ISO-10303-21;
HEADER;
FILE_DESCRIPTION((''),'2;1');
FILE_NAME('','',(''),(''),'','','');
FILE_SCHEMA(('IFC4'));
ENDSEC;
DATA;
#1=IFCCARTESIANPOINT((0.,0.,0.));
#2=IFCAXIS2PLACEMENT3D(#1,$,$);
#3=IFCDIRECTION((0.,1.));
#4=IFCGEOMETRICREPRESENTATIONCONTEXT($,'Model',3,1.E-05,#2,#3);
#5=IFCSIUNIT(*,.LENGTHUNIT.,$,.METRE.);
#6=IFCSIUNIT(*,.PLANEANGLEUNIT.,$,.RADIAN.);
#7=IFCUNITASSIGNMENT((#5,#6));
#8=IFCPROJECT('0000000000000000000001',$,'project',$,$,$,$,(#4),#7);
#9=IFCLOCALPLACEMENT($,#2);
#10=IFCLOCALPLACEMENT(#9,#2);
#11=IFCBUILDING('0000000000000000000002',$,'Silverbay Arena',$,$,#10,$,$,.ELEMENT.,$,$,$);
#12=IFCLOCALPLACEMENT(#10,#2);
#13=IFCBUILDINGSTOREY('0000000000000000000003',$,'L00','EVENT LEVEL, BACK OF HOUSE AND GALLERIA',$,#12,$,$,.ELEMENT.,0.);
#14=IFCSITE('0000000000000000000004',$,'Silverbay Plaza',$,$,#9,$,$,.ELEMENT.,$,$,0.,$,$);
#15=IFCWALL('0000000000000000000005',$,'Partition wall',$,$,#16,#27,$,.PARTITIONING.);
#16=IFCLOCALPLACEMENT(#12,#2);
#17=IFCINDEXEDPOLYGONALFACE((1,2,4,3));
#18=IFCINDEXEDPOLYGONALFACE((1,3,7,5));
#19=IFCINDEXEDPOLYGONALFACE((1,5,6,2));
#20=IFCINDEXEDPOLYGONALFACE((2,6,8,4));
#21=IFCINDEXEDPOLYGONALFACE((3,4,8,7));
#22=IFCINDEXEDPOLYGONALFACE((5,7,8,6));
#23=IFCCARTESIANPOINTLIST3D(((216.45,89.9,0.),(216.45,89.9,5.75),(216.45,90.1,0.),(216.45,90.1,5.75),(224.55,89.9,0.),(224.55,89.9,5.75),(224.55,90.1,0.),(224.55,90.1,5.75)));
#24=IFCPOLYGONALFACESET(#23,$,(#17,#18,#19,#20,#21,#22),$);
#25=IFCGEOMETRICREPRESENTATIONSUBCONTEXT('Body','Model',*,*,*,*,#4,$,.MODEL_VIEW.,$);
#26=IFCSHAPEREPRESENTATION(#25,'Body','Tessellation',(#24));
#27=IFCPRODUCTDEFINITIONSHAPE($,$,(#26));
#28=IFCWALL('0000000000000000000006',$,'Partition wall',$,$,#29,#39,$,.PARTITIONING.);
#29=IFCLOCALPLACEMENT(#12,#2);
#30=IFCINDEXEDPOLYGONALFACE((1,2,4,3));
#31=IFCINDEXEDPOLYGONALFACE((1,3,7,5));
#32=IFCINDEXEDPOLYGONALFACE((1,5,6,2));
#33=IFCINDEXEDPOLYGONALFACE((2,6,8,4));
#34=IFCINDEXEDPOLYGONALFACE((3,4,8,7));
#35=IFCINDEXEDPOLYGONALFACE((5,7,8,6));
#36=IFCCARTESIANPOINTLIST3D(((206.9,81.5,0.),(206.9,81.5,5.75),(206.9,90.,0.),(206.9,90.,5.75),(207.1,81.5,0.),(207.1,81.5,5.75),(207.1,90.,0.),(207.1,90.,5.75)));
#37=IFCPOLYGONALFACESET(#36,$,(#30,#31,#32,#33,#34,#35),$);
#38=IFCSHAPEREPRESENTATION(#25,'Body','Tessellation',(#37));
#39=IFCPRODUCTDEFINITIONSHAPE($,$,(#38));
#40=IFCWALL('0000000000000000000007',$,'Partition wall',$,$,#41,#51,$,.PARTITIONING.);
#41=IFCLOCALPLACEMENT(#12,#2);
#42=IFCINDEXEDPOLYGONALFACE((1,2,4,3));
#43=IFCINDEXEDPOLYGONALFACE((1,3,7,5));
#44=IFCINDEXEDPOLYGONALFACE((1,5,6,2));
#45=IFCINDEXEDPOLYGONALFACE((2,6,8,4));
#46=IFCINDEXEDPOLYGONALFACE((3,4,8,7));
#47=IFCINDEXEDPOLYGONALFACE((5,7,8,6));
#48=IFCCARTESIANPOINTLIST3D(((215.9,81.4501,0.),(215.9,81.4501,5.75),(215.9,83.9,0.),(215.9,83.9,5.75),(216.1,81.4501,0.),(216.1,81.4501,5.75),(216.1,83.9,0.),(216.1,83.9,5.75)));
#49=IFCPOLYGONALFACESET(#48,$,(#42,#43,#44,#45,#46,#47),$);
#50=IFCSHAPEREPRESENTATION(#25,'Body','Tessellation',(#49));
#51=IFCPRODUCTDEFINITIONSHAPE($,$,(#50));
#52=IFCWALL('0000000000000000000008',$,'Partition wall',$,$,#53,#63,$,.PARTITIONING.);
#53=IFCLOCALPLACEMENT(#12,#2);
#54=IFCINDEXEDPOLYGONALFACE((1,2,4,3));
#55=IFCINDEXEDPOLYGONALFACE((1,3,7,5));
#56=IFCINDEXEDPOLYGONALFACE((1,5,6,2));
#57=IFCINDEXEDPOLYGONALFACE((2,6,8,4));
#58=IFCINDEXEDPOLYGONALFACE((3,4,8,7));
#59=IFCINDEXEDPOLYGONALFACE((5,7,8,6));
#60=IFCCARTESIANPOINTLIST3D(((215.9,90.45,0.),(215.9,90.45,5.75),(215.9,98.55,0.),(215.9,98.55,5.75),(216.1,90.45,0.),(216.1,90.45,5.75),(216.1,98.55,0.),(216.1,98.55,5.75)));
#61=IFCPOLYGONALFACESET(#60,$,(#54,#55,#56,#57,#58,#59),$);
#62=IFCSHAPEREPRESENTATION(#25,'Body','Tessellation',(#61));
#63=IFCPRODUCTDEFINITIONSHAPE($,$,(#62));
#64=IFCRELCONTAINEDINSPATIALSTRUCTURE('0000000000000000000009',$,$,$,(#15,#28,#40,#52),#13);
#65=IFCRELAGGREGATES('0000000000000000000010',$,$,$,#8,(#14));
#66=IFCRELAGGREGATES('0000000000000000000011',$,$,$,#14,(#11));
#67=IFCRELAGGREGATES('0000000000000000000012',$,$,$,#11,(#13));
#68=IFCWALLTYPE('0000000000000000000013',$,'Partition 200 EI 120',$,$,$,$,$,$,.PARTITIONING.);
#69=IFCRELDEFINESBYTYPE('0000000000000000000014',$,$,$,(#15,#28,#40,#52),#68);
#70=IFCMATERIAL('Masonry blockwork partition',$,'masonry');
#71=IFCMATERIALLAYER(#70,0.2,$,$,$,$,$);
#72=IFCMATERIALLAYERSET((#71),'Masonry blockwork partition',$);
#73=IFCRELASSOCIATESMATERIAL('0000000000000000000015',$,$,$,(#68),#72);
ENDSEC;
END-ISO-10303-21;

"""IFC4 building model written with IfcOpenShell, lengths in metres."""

from ifc_helpers import new_model, si_unit, direction, frame, frame_2d, origin, place, context, subcontext, project, spatial, rectangle, extrude, material, layer, layer_set, type_object, element, save


model = new_model("IFC4")

# Units and contexts
model_context = context("Model", 3, precision=1e-05, world=origin(), true_north=direction((0.0, 1.0)))
body_context = subcontext(model_context, "Body", "Model", "MODEL_VIEW")
ifc_project = project(units=[si_unit("LENGTHUNIT", "METRE"), si_unit("PLANEANGLEUNIT", "RADIAN")], contexts=[model_context])

# Site, building, storey
site_placement = place(None, origin())
site = spatial("IfcSite", under=ifc_project, at=site_placement, Name="Silverbay Plaza", CompositionType="ELEMENT", RefElevation=0.0)
building_placement = place(site_placement, origin())
building = spatial("IfcBuilding", under=site, at=building_placement, Name="Silverbay Arena", CompositionType="ELEMENT")
storey_placement = place(building_placement, origin())
storey = spatial("IfcBuildingStorey", under=building, at=storey_placement, Name="L00", Description="EVENT LEVEL, BACK OF HOUSE AND GALLERIA", CompositionType="ELEMENT", Elevation=0.0)

# Shared definitions
ifc_material_1 = material(Name="Masonry blockwork partition", Category="masonry")
ifc_layer = layer(ifc_material_1, 0.2)
ifc_layer_set = layer_set([ifc_layer], Name="Masonry blockwork partition")
wall_type = type_object("IfcWallType", Name="Partition 200 EI 120", PredefinedType="PARTITIONING", material=ifc_layer_set)

# Walls
wall_1_placement = place(storey_placement, frame((216.45, 90.0, 0.0), z_axis=(0.0, 0.0, 1.0), x_axis=(1.0, 0.0, 0.0)))
element("IfcWall", 1, at=wall_1_placement, inside=storey, type_object=wall_type, Name="Partition wall", PredefinedType="PARTITIONING", context=body_context, shape_type="SweptSolid", body=[
    extrude(rectangle(XDim=8.1001, YDim=0.2, at=frame_2d((4.05, 0.0))), origin(), (0.0, 0.0, 1.0), 5.75),
])
wall_2_placement = place(storey_placement, frame((207.0, 81.5, 0.0), z_axis=(0.0, 0.0, 1.0), x_axis=(0.0, 1.0, 0.0)))
element("IfcWall", 2, at=wall_2_placement, inside=storey, type_object=wall_type, Name="Partition wall", PredefinedType="PARTITIONING", context=body_context, shape_type="SweptSolid", body=[
    extrude(rectangle(XDim=8.5, YDim=0.2, at=frame_2d((4.25, 0.0))), origin(), (0.0, 0.0, 1.0), 5.75),
])
wall_3_placement = place(storey_placement, frame((216.0, 81.45, 0.0), z_axis=(0.0, 0.0, 1.0), x_axis=(0.0, 1.0, 0.0)))
element("IfcWall", 3, at=wall_3_placement, inside=storey, type_object=wall_type, Name="Partition wall", PredefinedType="PARTITIONING", context=body_context, shape_type="SweptSolid", body=[
    extrude(rectangle(XDim=2.45, YDim=0.2, at=frame_2d((1.2251, 0.0))), origin(), (0.0, 0.0, 1.0), 5.75),
])
wall_4_placement = place(storey_placement, frame((216.0, 90.45, 0.0), z_axis=(0.0, 0.0, 1.0), x_axis=(0.0, 1.0, 0.0)))
element("IfcWall", 4, at=wall_4_placement, inside=storey, type_object=wall_type, Name="Partition wall", PredefinedType="PARTITIONING", context=body_context, shape_type="SweptSolid", body=[
    extrude(rectangle(XDim=8.1001, YDim=0.2, at=frame_2d((4.05, 0.0))), origin(), (0.0, 0.0, 1.0), 5.75),
])

save(model, "model.ifc")
